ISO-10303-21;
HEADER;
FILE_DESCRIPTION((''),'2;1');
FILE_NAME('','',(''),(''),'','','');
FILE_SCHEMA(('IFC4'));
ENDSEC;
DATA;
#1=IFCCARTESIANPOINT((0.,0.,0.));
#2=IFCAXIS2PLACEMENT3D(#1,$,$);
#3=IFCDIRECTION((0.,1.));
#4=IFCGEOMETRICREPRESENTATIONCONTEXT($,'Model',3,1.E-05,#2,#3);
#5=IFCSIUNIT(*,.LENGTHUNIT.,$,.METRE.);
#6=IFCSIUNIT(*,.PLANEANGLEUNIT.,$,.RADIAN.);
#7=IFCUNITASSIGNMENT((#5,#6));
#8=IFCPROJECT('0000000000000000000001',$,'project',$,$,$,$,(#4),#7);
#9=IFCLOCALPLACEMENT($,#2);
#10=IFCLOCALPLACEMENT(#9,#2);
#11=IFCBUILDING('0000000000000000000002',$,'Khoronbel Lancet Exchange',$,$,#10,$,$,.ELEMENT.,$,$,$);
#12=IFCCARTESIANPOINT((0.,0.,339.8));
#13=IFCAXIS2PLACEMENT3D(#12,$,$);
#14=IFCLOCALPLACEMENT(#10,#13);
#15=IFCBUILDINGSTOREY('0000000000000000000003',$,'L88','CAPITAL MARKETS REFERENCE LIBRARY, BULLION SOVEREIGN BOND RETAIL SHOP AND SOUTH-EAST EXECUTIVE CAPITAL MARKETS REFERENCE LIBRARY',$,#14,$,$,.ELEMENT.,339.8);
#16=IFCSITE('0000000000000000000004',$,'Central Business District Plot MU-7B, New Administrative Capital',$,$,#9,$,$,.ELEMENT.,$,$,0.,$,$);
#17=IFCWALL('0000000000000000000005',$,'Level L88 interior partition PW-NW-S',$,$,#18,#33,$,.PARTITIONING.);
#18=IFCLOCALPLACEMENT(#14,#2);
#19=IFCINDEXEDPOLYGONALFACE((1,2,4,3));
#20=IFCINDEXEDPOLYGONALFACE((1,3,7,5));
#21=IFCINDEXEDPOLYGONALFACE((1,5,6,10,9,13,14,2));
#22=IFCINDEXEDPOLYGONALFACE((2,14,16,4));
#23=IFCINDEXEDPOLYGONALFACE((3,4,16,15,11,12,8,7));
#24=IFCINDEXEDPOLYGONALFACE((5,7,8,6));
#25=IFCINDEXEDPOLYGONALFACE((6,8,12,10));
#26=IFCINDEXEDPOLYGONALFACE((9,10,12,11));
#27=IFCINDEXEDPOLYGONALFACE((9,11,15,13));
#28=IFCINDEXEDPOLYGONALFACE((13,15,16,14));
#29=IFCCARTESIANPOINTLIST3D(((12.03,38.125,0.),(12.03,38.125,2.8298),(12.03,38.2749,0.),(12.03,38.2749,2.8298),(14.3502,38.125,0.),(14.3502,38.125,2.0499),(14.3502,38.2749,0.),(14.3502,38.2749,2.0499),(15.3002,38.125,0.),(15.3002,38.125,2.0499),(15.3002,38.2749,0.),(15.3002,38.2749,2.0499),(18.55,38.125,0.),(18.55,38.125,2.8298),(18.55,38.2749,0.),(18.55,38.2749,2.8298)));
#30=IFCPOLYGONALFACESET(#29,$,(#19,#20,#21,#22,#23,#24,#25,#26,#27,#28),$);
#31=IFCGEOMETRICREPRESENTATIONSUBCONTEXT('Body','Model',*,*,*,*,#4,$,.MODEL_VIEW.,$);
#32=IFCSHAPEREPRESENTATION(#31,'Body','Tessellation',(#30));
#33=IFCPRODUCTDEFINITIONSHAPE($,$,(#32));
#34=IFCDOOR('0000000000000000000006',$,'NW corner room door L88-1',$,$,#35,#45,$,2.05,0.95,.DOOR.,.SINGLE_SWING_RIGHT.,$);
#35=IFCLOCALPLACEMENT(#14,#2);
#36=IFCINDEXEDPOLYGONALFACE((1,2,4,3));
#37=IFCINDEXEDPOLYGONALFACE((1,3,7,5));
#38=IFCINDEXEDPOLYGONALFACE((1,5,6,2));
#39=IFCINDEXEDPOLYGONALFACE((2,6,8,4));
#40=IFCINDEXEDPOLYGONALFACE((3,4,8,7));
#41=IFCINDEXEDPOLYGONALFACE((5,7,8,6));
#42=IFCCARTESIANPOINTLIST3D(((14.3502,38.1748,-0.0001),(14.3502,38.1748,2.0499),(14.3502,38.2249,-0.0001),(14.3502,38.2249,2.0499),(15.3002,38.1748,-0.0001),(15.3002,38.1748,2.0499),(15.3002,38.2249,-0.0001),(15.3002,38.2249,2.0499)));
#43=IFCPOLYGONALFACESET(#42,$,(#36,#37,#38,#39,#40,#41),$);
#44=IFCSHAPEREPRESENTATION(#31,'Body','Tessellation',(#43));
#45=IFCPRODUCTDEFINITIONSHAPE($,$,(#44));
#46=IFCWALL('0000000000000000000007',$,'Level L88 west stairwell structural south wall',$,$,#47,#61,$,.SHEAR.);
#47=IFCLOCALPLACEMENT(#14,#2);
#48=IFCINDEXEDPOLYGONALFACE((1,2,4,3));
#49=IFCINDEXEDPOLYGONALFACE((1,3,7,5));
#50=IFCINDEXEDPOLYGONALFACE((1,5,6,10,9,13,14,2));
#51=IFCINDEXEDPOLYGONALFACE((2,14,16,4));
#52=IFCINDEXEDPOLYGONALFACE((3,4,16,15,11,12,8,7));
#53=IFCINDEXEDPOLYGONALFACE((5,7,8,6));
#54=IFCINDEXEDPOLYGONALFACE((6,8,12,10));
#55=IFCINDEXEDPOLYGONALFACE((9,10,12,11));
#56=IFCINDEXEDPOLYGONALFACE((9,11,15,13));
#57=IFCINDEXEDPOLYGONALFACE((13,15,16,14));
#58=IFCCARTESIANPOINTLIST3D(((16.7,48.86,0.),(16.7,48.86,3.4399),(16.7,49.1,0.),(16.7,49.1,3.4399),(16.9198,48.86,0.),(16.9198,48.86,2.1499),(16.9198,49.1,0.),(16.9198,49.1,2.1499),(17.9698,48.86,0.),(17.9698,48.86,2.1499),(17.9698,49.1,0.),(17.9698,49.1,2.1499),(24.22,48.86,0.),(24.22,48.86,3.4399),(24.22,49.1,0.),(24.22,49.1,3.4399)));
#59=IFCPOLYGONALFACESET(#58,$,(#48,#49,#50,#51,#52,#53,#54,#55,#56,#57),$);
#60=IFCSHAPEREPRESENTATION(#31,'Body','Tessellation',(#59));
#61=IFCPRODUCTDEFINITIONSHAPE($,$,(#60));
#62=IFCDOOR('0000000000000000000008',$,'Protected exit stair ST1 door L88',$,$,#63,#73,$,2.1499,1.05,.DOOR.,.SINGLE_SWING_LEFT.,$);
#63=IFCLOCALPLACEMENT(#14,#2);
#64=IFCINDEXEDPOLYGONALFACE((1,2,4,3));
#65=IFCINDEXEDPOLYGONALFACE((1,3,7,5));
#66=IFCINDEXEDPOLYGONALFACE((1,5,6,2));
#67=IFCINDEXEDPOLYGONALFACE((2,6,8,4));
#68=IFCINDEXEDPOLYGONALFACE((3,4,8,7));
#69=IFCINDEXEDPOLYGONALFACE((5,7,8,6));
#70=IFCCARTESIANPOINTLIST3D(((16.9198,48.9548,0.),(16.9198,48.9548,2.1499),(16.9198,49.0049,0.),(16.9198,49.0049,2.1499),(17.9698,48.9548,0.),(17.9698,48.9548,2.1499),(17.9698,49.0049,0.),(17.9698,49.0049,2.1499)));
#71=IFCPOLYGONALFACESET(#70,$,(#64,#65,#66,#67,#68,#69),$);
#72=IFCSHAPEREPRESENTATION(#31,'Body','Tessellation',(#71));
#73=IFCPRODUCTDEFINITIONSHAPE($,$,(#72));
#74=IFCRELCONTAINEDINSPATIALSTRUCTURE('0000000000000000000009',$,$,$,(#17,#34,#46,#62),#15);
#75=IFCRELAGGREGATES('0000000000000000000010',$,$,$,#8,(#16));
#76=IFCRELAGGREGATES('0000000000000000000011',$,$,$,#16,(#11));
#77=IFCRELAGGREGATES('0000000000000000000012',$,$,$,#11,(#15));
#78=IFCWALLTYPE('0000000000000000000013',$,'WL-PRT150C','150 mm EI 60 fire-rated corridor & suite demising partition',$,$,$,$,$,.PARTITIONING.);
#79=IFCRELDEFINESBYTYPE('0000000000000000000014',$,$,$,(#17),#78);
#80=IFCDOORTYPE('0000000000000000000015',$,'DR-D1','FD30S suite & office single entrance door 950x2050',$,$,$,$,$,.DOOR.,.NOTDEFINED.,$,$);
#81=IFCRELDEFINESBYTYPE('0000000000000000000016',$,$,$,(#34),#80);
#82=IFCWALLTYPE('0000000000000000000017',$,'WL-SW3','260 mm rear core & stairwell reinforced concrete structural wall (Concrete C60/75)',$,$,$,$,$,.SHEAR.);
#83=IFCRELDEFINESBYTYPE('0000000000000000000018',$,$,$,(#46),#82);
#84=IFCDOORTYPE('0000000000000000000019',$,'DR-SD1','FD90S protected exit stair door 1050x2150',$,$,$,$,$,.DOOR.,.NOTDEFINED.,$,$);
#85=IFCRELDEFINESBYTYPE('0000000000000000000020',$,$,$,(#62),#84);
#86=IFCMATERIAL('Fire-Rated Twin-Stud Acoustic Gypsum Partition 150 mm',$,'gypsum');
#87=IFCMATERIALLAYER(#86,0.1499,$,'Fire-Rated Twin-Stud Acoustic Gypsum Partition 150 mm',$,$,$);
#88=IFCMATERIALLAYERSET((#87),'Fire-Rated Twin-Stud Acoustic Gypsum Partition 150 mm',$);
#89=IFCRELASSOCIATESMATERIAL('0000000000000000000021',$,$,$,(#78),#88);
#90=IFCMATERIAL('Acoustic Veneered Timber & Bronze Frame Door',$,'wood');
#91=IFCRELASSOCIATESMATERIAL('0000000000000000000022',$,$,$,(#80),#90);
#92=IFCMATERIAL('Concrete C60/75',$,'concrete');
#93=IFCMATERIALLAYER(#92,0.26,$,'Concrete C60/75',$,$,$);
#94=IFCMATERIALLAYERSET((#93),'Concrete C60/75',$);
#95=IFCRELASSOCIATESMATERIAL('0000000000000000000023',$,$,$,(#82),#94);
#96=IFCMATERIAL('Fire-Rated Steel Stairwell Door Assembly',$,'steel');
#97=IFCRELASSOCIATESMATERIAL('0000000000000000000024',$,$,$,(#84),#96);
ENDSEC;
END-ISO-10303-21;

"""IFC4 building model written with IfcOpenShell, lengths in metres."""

from ifc_helpers import new_model, si_unit, direction, frame, frame_2d, origin, place, context, subcontext, project, spatial, rectangle, extrude, material, layer, layer_set, type_object, element, fill, save


model = new_model("IFC4")

# Units and contexts
model_context = context("Model", 3, precision=1e-05, world=origin(), true_north=direction((0.0, 1.0)))
body_context = subcontext(model_context, "Body", "Model", "MODEL_VIEW")
ifc_project = project(units=[si_unit("LENGTHUNIT", "METRE"), si_unit("PLANEANGLEUNIT", "RADIAN")], contexts=[model_context])

# Site, building, storey
site_placement = place(None, origin())
site = spatial("IfcSite", under=ifc_project, at=site_placement, Name="Central Business District Plot MU-7B, New Administrative Capital", CompositionType="ELEMENT", RefElevation=0.0)
building_placement = place(site_placement, origin())
building = spatial("IfcBuilding", under=site, at=building_placement, Name="Khoronbel Lancet Exchange", CompositionType="ELEMENT")
storey_placement = place(building_placement, frame((0.0, 0.0, 339.8)))
storey = spatial("IfcBuildingStorey", under=building, at=storey_placement, Name="L88", Description="CAPITAL MARKETS REFERENCE LIBRARY, BULLION SOVEREIGN BOND RETAIL SHOP AND SOUTH-EAST EXECUTIVE CAPITAL MARKETS REFERENCE LIBRARY", CompositionType="ELEMENT", Elevation=339.8)

# Shared definitions
ifc_material_1 = material(Name="Concrete C60/75", Category="concrete")

# Walls, openings, doors
ifc_material_2 = material(Name="Fire-Rated Twin-Stud Acoustic Gypsum Partition 150 mm", Category="gypsum")
ifc_layer_1 = layer(ifc_material_2, 0.1499, Name="Fire-Rated Twin-Stud Acoustic Gypsum Partition 150 mm")
ifc_layer_set_1 = layer_set([ifc_layer_1], Name="Fire-Rated Twin-Stud Acoustic Gypsum Partition 150 mm")
wall_type_1 = type_object("IfcWallType", Name="WL-PRT150C", Description="150 mm EI 60 fire-rated corridor & suite demising partition", PredefinedType="PARTITIONING", material=ifc_layer_set_1)
wall_1_placement = place(storey_placement, frame((12.03, 38.2, 0.0), z_axis=(0.0, 0.0, 1.0), x_axis=(1.0, 0.0, 0.0)))
wall_1 = element("IfcWall", 1, at=wall_1_placement, inside=storey, type_object=wall_type_1, Name="Level L88 interior partition PW-NW-S", PredefinedType="PARTITIONING", context=body_context, shape_type="SweptSolid", body=[
    extrude(rectangle(XDim=6.52, YDim=0.1499, at=frame_2d((3.26, 0.0))), origin(), (0.0, 0.0, 1.0), 2.8298),
])
opening_1_placement = place(wall_1_placement, frame((2.3201, 0.0, 0.0)))
opening_1 = element("IfcOpeningElement", 2, at=opening_1_placement, cuts=wall_1, PredefinedType="OPENING", context=body_context, shape_type="SweptSolid", body=[
    extrude(rectangle(XDim=0.95, YDim=2.05, at=frame_2d((0.4751, 1.0249))), frame((0.0, 0.085, 0.0), z_axis=(0.0, -1.0, 0.0), x_axis=(1.0, 0.0, 0.0)), (0.0, 0.0, 1.0), 0.1699),
])
ifc_material_3 = material(Name="Acoustic Veneered Timber & Bronze Frame Door", Category="wood")
door_type_1 = type_object("IfcDoorType", Name="DR-D1", Description="FD30S suite & office single entrance door 950x2050", OperationType="NOTDEFINED", PredefinedType="DOOR", material=ifc_material_3)
door_1_placement = place(opening_1_placement, origin())
door_1 = element("IfcDoor", 3, at=door_1_placement, inside=storey, type_object=door_type_1, Name="NW corner room door L88-1", OperationType="SINGLE_SWING_RIGHT", OverallHeight=2.05, OverallWidth=0.95, PredefinedType="DOOR", context=body_context, shape_type="SweptSolid", body=[
    extrude(rectangle(XDim=0.95, YDim=2.05, at=frame_2d((0.4751, 1.0249))), frame((0.0, 0.0249, 0.0), z_axis=(0.0, -1.0, 0.0), x_axis=(1.0, 0.0, 0.0)), (0.0, 0.0, 1.0), 0.05),
])
fill(opening_1, door_1)
ifc_layer_2 = layer(ifc_material_1, 0.26, Name="Concrete C60/75")
ifc_layer_set_2 = layer_set([ifc_layer_2], Name="Concrete C60/75")
wall_type_2 = type_object("IfcWallType", Name="WL-SW3", Description="260 mm rear core & stairwell reinforced concrete structural wall (Concrete C60/75)", PredefinedType="SHEAR", material=ifc_layer_set_2)
wall_2_placement = place(storey_placement, frame((16.7, 48.98, 0.0), z_axis=(0.0, 0.0, 1.0), x_axis=(1.0, 0.0, 0.0)))
wall_2 = element("IfcWall", 4, at=wall_2_placement, inside=storey, type_object=wall_type_2, Name="Level L88 west stairwell structural south wall", PredefinedType="SHEAR", context=body_context, shape_type="SweptSolid", body=[
    extrude(rectangle(XDim=7.52, YDim=0.24, at=frame_2d((3.76, 0.0))), origin(), (0.0, 0.0, 1.0), 3.4399),
])
opening_2_placement = place(wall_2_placement, frame((0.22, 0.0, 0.0)))
opening_2 = element("IfcOpeningElement", 5, at=opening_2_placement, cuts=wall_2, PredefinedType="OPENING", context=body_context, shape_type="SweptSolid", body=[
    extrude(rectangle(XDim=1.05, YDim=2.1499, at=frame_2d((0.5249, 1.075))), frame((0.0, 0.1299, 0.0), z_axis=(0.0, -1.0, 0.0), x_axis=(1.0, 0.0, 0.0)), (0.0, 0.0, 1.0), 0.26),
])
ifc_material_4 = material(Name="Fire-Rated Steel Stairwell Door Assembly", Category="steel")
door_type_2 = type_object("IfcDoorType", Name="DR-SD1", Description="FD90S protected exit stair door 1050x2150", OperationType="NOTDEFINED", PredefinedType="DOOR", material=ifc_material_4)
door_2_placement = place(opening_2_placement, origin())
door_2 = element("IfcDoor", 6, at=door_2_placement, inside=storey, type_object=door_type_2, Name="Protected exit stair ST1 door L88", OperationType="SINGLE_SWING_LEFT", OverallHeight=2.1499, OverallWidth=1.05, PredefinedType="DOOR", context=body_context, shape_type="SweptSolid", body=[
    extrude(rectangle(XDim=1.05, YDim=2.1499, at=frame_2d((0.5249, 1.075))), frame((0.0, 0.0249, 0.0), z_axis=(0.0, -1.0, 0.0), x_axis=(1.0, 0.0, 0.0)), (0.0, 0.0, 1.0), 0.05),
])
fill(opening_2, door_2)

save(model, "model.ifc")
